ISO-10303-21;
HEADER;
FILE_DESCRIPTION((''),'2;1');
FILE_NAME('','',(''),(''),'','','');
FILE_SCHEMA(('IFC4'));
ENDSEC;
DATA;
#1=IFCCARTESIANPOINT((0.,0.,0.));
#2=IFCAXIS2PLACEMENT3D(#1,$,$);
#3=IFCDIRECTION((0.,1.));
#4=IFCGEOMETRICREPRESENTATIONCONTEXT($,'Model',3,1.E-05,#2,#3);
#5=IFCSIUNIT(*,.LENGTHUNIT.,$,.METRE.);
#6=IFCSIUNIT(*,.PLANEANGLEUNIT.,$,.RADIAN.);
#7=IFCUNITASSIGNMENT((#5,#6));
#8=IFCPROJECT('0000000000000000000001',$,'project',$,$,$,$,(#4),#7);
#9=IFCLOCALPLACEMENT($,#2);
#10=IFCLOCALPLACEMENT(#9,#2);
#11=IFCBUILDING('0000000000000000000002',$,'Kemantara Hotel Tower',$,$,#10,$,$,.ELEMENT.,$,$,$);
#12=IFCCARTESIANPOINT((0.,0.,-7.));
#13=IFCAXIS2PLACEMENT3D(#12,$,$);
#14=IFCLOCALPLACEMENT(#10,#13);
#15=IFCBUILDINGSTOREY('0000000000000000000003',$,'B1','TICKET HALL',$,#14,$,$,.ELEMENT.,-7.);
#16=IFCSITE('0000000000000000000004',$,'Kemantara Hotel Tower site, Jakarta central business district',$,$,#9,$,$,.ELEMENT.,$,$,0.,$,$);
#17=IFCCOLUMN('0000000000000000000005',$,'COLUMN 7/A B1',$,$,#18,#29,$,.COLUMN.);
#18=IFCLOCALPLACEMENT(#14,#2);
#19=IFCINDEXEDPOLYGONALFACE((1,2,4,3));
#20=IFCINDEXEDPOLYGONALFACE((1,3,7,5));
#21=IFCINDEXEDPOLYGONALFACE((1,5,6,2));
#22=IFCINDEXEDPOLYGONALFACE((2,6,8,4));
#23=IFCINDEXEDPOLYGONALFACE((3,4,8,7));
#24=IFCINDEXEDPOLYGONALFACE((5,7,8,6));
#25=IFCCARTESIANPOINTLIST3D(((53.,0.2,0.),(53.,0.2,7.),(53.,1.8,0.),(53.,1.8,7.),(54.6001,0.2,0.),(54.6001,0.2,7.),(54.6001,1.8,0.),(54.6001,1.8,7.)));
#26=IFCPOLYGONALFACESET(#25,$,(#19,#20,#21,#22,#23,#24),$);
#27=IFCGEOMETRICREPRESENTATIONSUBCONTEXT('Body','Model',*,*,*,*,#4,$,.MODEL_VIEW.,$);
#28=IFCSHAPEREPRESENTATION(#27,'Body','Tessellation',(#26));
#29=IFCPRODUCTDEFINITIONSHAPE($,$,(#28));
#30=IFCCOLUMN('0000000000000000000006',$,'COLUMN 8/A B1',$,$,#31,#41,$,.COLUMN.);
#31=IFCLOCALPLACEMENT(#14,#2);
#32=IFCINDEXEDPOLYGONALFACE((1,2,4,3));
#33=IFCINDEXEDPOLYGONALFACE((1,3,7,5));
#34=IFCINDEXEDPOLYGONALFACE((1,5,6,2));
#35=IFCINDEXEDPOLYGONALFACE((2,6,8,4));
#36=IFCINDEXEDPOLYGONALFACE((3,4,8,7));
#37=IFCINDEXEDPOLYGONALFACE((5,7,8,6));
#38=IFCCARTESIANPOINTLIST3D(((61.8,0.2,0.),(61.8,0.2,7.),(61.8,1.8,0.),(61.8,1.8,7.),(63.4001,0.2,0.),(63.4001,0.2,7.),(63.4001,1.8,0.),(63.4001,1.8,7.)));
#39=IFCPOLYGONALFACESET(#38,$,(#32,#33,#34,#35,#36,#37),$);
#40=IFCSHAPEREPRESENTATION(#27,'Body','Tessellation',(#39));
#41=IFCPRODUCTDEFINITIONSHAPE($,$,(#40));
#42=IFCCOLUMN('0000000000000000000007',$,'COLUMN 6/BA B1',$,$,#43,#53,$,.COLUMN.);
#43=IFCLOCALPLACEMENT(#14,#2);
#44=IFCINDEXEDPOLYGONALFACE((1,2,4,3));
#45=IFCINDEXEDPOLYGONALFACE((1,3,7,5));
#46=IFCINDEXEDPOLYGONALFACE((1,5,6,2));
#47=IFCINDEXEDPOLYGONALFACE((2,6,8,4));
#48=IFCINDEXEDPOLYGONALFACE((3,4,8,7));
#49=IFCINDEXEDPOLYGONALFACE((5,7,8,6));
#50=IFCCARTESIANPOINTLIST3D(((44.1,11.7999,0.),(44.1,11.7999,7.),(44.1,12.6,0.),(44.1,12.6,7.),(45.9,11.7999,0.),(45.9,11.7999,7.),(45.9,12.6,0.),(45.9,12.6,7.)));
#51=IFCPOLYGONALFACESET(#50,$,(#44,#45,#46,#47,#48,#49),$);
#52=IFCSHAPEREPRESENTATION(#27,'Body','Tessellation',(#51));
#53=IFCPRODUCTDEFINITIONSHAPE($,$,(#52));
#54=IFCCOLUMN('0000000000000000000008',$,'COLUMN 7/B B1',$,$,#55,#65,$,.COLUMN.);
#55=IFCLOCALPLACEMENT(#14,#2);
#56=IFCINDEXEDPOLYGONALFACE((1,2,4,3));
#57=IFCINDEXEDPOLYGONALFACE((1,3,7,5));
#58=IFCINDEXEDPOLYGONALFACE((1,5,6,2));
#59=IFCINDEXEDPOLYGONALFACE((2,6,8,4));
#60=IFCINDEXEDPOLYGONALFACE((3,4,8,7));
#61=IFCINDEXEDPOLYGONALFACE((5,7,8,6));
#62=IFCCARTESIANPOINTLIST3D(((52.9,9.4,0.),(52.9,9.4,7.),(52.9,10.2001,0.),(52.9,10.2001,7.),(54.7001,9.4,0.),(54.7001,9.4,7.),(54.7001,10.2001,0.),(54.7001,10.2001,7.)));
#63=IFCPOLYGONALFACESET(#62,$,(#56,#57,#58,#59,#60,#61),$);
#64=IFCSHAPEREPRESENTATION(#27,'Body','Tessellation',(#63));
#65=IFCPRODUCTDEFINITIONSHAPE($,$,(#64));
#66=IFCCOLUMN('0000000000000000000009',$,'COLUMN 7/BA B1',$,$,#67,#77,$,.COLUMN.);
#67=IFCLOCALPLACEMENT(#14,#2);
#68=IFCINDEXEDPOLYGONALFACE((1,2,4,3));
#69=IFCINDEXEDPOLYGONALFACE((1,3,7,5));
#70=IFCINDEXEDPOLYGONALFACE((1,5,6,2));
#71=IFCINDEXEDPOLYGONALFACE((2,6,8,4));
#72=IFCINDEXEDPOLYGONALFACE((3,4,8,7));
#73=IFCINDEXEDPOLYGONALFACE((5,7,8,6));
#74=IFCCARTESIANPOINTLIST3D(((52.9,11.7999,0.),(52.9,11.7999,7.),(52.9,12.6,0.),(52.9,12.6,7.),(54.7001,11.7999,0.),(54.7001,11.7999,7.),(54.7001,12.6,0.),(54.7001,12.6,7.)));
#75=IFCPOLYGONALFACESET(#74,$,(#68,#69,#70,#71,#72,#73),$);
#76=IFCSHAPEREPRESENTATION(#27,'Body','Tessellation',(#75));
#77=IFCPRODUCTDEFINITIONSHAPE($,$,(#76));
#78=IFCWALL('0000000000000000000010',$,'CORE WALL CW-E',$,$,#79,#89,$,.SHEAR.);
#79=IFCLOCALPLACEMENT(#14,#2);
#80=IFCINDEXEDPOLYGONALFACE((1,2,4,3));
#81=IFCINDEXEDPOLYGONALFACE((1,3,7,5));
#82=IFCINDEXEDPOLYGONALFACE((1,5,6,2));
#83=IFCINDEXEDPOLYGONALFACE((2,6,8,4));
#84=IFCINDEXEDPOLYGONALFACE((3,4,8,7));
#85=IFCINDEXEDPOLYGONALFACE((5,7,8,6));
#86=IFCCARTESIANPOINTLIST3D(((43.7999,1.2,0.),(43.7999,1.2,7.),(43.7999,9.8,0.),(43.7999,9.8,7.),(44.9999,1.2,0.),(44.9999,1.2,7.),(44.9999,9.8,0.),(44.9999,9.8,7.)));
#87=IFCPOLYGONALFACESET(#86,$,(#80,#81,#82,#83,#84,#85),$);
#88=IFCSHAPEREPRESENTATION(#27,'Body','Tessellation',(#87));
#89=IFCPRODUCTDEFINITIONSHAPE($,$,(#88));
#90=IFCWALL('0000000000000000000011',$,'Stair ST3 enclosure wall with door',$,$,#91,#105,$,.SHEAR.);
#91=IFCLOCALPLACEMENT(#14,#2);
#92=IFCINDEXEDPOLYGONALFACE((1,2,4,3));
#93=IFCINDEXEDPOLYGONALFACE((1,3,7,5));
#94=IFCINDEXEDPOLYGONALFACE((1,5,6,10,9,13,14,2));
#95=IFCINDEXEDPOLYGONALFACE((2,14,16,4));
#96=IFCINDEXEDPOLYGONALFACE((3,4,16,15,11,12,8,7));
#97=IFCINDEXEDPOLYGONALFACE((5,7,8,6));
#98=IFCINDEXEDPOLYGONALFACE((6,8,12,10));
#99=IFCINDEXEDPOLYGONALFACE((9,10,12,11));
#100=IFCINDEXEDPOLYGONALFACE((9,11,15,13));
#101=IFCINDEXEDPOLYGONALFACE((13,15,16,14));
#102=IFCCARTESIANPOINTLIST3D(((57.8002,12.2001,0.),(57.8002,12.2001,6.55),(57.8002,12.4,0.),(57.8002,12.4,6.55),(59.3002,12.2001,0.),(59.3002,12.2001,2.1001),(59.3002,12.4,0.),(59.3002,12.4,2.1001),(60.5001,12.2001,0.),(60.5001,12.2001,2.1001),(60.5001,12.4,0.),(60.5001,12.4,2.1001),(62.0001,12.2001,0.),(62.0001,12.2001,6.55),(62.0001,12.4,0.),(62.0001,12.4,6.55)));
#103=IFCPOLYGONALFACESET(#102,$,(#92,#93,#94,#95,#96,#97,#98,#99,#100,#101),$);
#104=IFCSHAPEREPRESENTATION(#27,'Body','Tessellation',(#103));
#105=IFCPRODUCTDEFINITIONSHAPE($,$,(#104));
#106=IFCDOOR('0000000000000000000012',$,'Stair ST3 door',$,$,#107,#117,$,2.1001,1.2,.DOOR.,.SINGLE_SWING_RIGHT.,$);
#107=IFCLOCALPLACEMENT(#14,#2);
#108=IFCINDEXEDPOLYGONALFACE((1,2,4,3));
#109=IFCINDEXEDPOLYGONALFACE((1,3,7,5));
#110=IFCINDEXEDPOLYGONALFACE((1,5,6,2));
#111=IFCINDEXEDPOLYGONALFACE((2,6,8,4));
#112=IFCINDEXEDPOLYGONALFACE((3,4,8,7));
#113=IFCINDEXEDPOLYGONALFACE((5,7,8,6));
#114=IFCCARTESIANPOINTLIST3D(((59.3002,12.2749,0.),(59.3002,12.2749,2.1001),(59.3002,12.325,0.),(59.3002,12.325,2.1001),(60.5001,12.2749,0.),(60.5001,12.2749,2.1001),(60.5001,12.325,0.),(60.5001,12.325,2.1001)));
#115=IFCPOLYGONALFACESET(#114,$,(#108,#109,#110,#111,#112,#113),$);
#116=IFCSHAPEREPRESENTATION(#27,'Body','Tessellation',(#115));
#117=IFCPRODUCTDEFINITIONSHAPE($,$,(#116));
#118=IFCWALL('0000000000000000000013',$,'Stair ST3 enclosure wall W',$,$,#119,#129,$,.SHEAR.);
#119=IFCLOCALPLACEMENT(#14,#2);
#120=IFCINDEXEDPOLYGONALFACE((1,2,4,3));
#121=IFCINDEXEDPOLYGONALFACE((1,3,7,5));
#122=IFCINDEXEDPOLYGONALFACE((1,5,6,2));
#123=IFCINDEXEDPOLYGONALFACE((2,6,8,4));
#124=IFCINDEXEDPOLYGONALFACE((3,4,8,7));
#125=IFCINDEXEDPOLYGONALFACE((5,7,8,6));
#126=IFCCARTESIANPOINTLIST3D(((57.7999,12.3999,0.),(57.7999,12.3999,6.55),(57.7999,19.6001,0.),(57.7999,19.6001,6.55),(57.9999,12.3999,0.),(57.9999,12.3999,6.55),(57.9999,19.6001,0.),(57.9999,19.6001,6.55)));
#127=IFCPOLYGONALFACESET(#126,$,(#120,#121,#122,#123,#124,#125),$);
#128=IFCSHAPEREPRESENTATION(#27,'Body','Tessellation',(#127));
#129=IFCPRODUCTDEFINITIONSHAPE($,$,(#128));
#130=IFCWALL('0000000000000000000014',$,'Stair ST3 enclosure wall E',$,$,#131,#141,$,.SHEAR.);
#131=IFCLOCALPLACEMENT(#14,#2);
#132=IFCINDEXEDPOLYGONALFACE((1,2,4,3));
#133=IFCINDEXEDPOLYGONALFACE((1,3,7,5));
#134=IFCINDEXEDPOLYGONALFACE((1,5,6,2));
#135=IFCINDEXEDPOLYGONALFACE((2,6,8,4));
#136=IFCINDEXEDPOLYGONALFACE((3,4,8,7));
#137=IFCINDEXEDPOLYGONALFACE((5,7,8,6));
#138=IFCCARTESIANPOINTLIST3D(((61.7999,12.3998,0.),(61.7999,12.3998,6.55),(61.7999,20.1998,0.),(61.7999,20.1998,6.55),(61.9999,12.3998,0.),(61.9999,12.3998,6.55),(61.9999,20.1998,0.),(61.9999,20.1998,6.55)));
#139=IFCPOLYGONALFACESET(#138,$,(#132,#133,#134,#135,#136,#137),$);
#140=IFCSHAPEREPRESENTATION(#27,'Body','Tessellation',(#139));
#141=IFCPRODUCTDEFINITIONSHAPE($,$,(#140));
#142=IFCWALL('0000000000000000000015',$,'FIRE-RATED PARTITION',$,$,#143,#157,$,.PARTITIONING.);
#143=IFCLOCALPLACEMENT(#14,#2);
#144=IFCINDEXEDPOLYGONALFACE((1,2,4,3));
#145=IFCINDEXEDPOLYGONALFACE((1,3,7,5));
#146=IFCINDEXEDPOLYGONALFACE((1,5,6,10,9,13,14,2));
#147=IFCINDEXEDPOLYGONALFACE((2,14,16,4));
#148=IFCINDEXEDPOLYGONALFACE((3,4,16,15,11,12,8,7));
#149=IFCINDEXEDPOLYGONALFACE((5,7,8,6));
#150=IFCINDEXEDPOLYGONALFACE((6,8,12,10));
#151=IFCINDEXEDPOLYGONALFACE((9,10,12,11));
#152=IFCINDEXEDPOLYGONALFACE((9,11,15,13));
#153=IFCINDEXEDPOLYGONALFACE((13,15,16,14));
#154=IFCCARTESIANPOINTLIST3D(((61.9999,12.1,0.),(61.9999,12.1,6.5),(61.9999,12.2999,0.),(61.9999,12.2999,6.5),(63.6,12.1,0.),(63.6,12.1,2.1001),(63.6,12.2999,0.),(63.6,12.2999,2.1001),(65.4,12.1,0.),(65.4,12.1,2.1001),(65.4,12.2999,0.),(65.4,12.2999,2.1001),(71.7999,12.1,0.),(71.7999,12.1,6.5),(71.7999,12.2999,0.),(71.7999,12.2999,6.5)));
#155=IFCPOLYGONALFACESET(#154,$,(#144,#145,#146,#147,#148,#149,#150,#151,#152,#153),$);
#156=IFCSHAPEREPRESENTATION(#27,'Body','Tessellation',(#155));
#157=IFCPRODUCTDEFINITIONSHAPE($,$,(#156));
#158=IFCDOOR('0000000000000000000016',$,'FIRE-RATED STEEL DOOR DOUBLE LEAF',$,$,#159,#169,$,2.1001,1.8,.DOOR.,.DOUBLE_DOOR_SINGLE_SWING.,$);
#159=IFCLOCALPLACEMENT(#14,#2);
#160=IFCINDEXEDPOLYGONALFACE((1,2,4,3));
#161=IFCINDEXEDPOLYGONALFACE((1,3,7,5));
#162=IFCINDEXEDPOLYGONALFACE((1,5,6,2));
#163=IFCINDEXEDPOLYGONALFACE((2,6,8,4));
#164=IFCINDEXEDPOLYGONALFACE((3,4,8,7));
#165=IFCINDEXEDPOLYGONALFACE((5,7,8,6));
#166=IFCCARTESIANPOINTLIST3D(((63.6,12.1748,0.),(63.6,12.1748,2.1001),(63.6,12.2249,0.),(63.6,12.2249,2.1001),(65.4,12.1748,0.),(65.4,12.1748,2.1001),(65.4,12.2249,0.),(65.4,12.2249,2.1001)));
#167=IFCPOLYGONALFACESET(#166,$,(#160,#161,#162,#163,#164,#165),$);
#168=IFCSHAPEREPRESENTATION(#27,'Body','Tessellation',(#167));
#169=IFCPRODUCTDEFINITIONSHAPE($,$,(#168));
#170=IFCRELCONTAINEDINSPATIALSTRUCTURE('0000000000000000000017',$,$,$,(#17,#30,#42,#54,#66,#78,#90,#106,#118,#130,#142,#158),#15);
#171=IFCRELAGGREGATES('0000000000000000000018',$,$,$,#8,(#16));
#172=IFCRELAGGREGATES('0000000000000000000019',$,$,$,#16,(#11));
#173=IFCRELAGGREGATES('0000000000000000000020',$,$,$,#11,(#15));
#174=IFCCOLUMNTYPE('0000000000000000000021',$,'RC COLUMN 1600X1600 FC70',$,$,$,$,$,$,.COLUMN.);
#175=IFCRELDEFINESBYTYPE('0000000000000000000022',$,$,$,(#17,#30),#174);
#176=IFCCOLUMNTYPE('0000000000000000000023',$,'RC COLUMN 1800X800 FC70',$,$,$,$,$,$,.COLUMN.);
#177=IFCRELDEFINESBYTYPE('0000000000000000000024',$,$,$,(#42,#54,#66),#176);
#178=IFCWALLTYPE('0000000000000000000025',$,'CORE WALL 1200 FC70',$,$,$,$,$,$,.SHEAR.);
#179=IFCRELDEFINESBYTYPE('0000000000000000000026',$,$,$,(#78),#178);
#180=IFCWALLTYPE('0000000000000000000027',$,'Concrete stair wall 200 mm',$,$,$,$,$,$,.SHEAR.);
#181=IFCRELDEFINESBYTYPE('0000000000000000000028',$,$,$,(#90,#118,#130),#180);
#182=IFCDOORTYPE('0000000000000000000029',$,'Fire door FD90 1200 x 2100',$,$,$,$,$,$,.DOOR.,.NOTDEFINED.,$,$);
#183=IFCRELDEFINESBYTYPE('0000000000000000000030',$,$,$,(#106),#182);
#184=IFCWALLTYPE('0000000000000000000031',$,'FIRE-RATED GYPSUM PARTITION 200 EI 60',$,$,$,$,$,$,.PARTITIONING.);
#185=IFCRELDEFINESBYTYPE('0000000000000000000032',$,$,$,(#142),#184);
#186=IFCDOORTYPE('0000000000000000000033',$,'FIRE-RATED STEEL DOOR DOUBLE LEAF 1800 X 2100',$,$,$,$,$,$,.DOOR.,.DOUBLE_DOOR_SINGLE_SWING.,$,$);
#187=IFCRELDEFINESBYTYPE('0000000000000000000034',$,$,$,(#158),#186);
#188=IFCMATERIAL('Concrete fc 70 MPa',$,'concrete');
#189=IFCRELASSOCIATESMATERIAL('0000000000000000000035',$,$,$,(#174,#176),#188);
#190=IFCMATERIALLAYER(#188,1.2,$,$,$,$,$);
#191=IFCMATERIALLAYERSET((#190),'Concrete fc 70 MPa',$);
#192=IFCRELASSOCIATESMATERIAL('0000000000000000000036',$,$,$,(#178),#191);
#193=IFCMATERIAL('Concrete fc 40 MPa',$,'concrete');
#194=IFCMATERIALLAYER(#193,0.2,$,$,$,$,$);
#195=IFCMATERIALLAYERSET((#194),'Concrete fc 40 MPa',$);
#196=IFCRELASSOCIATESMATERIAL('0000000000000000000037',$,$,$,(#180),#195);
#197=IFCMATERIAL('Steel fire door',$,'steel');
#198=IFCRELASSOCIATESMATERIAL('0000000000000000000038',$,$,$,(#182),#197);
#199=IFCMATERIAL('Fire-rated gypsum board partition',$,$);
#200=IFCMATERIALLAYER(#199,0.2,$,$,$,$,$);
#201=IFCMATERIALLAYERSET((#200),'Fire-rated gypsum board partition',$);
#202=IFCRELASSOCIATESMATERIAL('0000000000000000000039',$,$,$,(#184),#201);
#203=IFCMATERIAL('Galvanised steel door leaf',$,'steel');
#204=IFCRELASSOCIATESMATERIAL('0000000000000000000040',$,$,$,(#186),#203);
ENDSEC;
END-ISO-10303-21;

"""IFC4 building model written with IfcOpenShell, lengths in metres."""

from ifc_helpers import new_model, si_unit, direction, frame, frame_2d, origin, origin_2d, place, context, subcontext, project, spatial, rectangle, extrude, material, layer, layer_set, material_profile, profile_set, type_object, element, fill, save


model = new_model("IFC4")

# Units and contexts
model_context = context("Model", 3, precision=1e-05, world=origin(), true_north=direction((0.0, 1.0)))
body_context = subcontext(model_context, "Body", "Model", "MODEL_VIEW")
ifc_project = project(units=[si_unit("LENGTHUNIT", "METRE"), si_unit("PLANEANGLEUNIT", "RADIAN")], contexts=[model_context])

# Site, building, storey
site_placement = place(None, origin())
site = spatial("IfcSite", under=ifc_project, at=site_placement, Name="Kemantara Hotel Tower site, Jakarta central business district", CompositionType="ELEMENT", RefElevation=0.0)
building_placement = place(site_placement, origin())
building = spatial("IfcBuilding", under=site, at=building_placement, Name="Kemantara Hotel Tower", CompositionType="ELEMENT")
storey_placement = place(building_placement, frame((0.0, 0.0, -7.0)))
storey = spatial("IfcBuildingStorey", under=building, at=storey_placement, Name="B1", Description="TICKET HALL", CompositionType="ELEMENT", Elevation=-7.0)

# Columns
ifc_material_1 = material(Name="Concrete fc 70 MPa", Category="concrete")
ifc_material_profile_1 = material_profile(ifc_material_1, rectangle(XDim=1.6001, YDim=1.6001, at=origin_2d()), Name="RC 1600X1600")
ifc_profile_set_1 = profile_set([ifc_material_profile_1], Name="Concrete fc 70 MPa")
column_type_1 = type_object("IfcColumnType", Name="RC COLUMN 1600X1600 FC70", PredefinedType="COLUMN", material=ifc_profile_set_1)
for number, where, z_axis, x_axis, name in (
    (1, (53.8, 1.0, 0.0), (0.0, 0.0, 1.0), (1.0, 0.0, 0.0), "COLUMN 7/A B1"),
    (2, (62.6001, 1.0, 0.0), (0.0, 0.0, 1.0), (1.0, 0.0, 0.0), "COLUMN 8/A B1"),
):
    element("IfcColumn", number, at=place(storey_placement, frame(where, z_axis=z_axis, x_axis=x_axis)), inside=storey, type_object=column_type_1, Name=name, PredefinedType="COLUMN", context=body_context, shape_type="SweptSolid", body=[
        extrude(rectangle(XDim=1.6001, YDim=1.6001, at=origin_2d()), origin(), (0.0, 0.0, 1.0), 7.0),
    ])
ifc_material_profile_2 = material_profile(ifc_material_1, rectangle(XDim=1.8, YDim=0.8, at=origin_2d()), Name="RC 1800X800")
ifc_profile_set_2 = profile_set([ifc_material_profile_2], Name="Concrete fc 70 MPa")
column_type_2 = type_object("IfcColumnType", Name="RC COLUMN 1800X800 FC70", PredefinedType="COLUMN", material=ifc_profile_set_2)
for number, where, z_axis, x_axis, name in (
    (3, (45.0, 12.2, 0.0), (0.0, 0.0, 1.0), (1.0, 0.0, 0.0), "COLUMN 6/BA B1"),
    (4, (53.8, 9.8, 0.0), (0.0, 0.0, 1.0), (1.0, 0.0, 0.0), "COLUMN 7/B B1"),
    (5, (53.8, 12.2, 0.0), (0.0, 0.0, 1.0), (1.0, 0.0, 0.0), "COLUMN 7/BA B1"),
):
    element("IfcColumn", number, at=place(storey_placement, frame(where, z_axis=z_axis, x_axis=x_axis)), inside=storey, type_object=column_type_2, Name=name, PredefinedType="COLUMN", context=body_context, shape_type="SweptSolid", body=[
        extrude(rectangle(XDim=1.8, YDim=0.8, at=origin_2d()), origin(), (0.0, 0.0, 1.0), 7.0),
    ])

# Wall
ifc_layer_1 = layer(ifc_material_1, 1.2)
ifc_layer_set_1 = layer_set([ifc_layer_1], Name="Concrete fc 70 MPa")
wall_type_1 = type_object("IfcWallType", Name="CORE WALL 1200 FC70", PredefinedType="SHEAR", material=ifc_layer_set_1)
wall_1_placement = place(storey_placement, frame((44.3999, 1.2, 0.0), z_axis=(0.0, 0.0, 1.0), x_axis=(0.0, 1.0, 0.0)))
element("IfcWall", 6, at=wall_1_placement, inside=storey, type_object=wall_type_1, Name="CORE WALL CW-E", PredefinedType="SHEAR", context=body_context, shape_type="SweptSolid", body=[
    extrude(rectangle(XDim=8.6001, YDim=1.2, at=frame_2d((4.3, 0.0))), origin(), (0.0, 0.0, 1.0), 7.0),
])

# Wall, opening, door
ifc_material_2 = material(Name="Concrete fc 40 MPa", Category="concrete")
ifc_layer_2 = layer(ifc_material_2, 0.2)
ifc_layer_set_2 = layer_set([ifc_layer_2], Name="Concrete fc 40 MPa")
wall_type_2 = type_object("IfcWallType", Name="Concrete stair wall 200 mm", PredefinedType="SHEAR", material=ifc_layer_set_2)
wall_2_placement = place(storey_placement, frame((57.8, 12.3, 0.0), z_axis=(0.0, 0.0, 1.0), x_axis=(1.0, 0.0, 0.0)))
wall_2 = element("IfcWall", 7, at=wall_2_placement, inside=storey, type_object=wall_type_2, Name="Stair ST3 enclosure wall with door", PredefinedType="SHEAR", context=body_context, shape_type="SweptSolid", body=[
    extrude(rectangle(XDim=4.2, YDim=0.2, at=frame_2d((2.1001, 0.0))), origin(), (0.0, 0.0, 1.0), 6.55),
])
opening_1_placement = place(wall_2_placement, frame((1.5, 0.0, 0.0)))
opening_1 = element("IfcOpeningElement", 8, at=opening_1_placement, cuts=wall_2, PredefinedType="OPENING", context=body_context, shape_type="SweptSolid", body=[
    extrude(rectangle(XDim=1.2, YDim=2.1001, at=frame_2d((0.6001, 1.05))), frame((0.0, 0.1099, 0.0), z_axis=(0.0, -1.0, 0.0), x_axis=(1.0, 0.0, 0.0)), (0.0, 0.0, 1.0), 0.22),
])
ifc_material_3 = material(Name="Steel fire door", Category="steel")
door_type_1 = type_object("IfcDoorType", Name="Fire door FD90 1200 x 2100", OperationType="NOTDEFINED", PredefinedType="DOOR", material=ifc_material_3)
door_1_placement = place(opening_1_placement, origin())
door_1 = element("IfcDoor", 9, at=door_1_placement, inside=storey, type_object=door_type_1, Name="Stair ST3 door", OperationType="SINGLE_SWING_RIGHT", OverallHeight=2.1001, OverallWidth=1.2, PredefinedType="DOOR", context=body_context, shape_type="SweptSolid", body=[
    extrude(rectangle(XDim=1.2, YDim=2.1001, at=frame_2d((0.6001, 1.05))), frame((0.0, 0.0249, 0.0), z_axis=(0.0, -1.0, 0.0), x_axis=(1.0, 0.0, 0.0)), (0.0, 0.0, 1.0), 0.05),
])
fill(opening_1, door_1)

# Walls
wall_3_placement = place(storey_placement, frame((57.8999, 12.3999, 0.0), z_axis=(0.0, 0.0, 1.0), x_axis=(0.0, 1.0, 0.0)))
element("IfcWall", 10, at=wall_3_placement, inside=storey, type_object=wall_type_2, Name="Stair ST3 enclosure wall W", PredefinedType="SHEAR", context=body_context, shape_type="SweptSolid", body=[
    extrude(rectangle(XDim=7.2002, YDim=0.2, at=frame_2d((3.6001, 0.0))), origin(), (0.0, 0.0, 1.0), 6.55),
])
wall_4_placement = place(storey_placement, frame((61.8999, 12.3999, 0.0), z_axis=(0.0, 0.0, 1.0), x_axis=(0.0, 1.0, 0.0)))
element("IfcWall", 11, at=wall_4_placement, inside=storey, type_object=wall_type_2, Name="Stair ST3 enclosure wall E", PredefinedType="SHEAR", context=body_context, shape_type="SweptSolid", body=[
    extrude(rectangle(XDim=7.8, YDim=0.2, at=frame_2d((3.8999, 0.0))), origin(), (0.0, 0.0, 1.0), 6.55),
])

# Wall, opening, door
ifc_material_4 = material(Name="Fire-rated gypsum board partition")
ifc_layer_3 = layer(ifc_material_4, 0.2)
ifc_layer_set_3 = layer_set([ifc_layer_3], Name="Fire-rated gypsum board partition")
wall_type_3 = type_object("IfcWallType", Name="FIRE-RATED GYPSUM PARTITION 200 EI 60", PredefinedType="PARTITIONING", material=ifc_layer_set_3)
wall_5_placement = place(storey_placement, frame((62.0, 12.2, 0.0), z_axis=(0.0, 0.0, 1.0), x_axis=(1.0, 0.0, 0.0)))
wall_5 = element("IfcWall", 12, at=wall_5_placement, inside=storey, type_object=wall_type_3, Name="FIRE-RATED PARTITION", PredefinedType="PARTITIONING", context=body_context, shape_type="SweptSolid", body=[
    extrude(rectangle(XDim=9.8, YDim=0.2, at=frame_2d((4.8999, 0.0))), origin(), (0.0, 0.0, 1.0), 6.5),
])
opening_2_placement = place(wall_5_placement, frame((1.6001, 0.0, 0.0)))
opening_2 = element("IfcOpeningElement", 13, at=opening_2_placement, cuts=wall_5, PredefinedType="OPENING", context=body_context, shape_type="SweptSolid", body=[
    extrude(rectangle(XDim=1.8, YDim=2.1001, at=frame_2d((0.8999, 1.05))), frame((0.0, 0.1099, 0.0), z_axis=(0.0, -1.0, 0.0), x_axis=(1.0, 0.0, 0.0)), (0.0, 0.0, 1.0), 0.22),
])
ifc_material_5 = material(Name="Galvanised steel door leaf", Category="steel")
door_type_2 = type_object("IfcDoorType", Name="FIRE-RATED STEEL DOOR DOUBLE LEAF 1800 X 2100", OperationType="DOUBLE_DOOR_SINGLE_SWING", PredefinedType="DOOR", material=ifc_material_5)
door_2_placement = place(opening_2_placement, origin())
door_2 = element("IfcDoor", 14, at=door_2_placement, inside=storey, type_object=door_type_2, Name="FIRE-RATED STEEL DOOR DOUBLE LEAF", OperationType="DOUBLE_DOOR_SINGLE_SWING", OverallHeight=2.1001, OverallWidth=1.8, PredefinedType="DOOR", context=body_context, shape_type="SweptSolid", body=[
    extrude(rectangle(XDim=1.8, YDim=2.1001, at=frame_2d((0.8999, 1.05))), frame((0.0, 0.0249, 0.0), z_axis=(0.0, -1.0, 0.0), x_axis=(1.0, 0.0, 0.0)), (0.0, 0.0, 1.0), 0.05),
])
fill(opening_2, door_2)

save(model, "model.ifc")
